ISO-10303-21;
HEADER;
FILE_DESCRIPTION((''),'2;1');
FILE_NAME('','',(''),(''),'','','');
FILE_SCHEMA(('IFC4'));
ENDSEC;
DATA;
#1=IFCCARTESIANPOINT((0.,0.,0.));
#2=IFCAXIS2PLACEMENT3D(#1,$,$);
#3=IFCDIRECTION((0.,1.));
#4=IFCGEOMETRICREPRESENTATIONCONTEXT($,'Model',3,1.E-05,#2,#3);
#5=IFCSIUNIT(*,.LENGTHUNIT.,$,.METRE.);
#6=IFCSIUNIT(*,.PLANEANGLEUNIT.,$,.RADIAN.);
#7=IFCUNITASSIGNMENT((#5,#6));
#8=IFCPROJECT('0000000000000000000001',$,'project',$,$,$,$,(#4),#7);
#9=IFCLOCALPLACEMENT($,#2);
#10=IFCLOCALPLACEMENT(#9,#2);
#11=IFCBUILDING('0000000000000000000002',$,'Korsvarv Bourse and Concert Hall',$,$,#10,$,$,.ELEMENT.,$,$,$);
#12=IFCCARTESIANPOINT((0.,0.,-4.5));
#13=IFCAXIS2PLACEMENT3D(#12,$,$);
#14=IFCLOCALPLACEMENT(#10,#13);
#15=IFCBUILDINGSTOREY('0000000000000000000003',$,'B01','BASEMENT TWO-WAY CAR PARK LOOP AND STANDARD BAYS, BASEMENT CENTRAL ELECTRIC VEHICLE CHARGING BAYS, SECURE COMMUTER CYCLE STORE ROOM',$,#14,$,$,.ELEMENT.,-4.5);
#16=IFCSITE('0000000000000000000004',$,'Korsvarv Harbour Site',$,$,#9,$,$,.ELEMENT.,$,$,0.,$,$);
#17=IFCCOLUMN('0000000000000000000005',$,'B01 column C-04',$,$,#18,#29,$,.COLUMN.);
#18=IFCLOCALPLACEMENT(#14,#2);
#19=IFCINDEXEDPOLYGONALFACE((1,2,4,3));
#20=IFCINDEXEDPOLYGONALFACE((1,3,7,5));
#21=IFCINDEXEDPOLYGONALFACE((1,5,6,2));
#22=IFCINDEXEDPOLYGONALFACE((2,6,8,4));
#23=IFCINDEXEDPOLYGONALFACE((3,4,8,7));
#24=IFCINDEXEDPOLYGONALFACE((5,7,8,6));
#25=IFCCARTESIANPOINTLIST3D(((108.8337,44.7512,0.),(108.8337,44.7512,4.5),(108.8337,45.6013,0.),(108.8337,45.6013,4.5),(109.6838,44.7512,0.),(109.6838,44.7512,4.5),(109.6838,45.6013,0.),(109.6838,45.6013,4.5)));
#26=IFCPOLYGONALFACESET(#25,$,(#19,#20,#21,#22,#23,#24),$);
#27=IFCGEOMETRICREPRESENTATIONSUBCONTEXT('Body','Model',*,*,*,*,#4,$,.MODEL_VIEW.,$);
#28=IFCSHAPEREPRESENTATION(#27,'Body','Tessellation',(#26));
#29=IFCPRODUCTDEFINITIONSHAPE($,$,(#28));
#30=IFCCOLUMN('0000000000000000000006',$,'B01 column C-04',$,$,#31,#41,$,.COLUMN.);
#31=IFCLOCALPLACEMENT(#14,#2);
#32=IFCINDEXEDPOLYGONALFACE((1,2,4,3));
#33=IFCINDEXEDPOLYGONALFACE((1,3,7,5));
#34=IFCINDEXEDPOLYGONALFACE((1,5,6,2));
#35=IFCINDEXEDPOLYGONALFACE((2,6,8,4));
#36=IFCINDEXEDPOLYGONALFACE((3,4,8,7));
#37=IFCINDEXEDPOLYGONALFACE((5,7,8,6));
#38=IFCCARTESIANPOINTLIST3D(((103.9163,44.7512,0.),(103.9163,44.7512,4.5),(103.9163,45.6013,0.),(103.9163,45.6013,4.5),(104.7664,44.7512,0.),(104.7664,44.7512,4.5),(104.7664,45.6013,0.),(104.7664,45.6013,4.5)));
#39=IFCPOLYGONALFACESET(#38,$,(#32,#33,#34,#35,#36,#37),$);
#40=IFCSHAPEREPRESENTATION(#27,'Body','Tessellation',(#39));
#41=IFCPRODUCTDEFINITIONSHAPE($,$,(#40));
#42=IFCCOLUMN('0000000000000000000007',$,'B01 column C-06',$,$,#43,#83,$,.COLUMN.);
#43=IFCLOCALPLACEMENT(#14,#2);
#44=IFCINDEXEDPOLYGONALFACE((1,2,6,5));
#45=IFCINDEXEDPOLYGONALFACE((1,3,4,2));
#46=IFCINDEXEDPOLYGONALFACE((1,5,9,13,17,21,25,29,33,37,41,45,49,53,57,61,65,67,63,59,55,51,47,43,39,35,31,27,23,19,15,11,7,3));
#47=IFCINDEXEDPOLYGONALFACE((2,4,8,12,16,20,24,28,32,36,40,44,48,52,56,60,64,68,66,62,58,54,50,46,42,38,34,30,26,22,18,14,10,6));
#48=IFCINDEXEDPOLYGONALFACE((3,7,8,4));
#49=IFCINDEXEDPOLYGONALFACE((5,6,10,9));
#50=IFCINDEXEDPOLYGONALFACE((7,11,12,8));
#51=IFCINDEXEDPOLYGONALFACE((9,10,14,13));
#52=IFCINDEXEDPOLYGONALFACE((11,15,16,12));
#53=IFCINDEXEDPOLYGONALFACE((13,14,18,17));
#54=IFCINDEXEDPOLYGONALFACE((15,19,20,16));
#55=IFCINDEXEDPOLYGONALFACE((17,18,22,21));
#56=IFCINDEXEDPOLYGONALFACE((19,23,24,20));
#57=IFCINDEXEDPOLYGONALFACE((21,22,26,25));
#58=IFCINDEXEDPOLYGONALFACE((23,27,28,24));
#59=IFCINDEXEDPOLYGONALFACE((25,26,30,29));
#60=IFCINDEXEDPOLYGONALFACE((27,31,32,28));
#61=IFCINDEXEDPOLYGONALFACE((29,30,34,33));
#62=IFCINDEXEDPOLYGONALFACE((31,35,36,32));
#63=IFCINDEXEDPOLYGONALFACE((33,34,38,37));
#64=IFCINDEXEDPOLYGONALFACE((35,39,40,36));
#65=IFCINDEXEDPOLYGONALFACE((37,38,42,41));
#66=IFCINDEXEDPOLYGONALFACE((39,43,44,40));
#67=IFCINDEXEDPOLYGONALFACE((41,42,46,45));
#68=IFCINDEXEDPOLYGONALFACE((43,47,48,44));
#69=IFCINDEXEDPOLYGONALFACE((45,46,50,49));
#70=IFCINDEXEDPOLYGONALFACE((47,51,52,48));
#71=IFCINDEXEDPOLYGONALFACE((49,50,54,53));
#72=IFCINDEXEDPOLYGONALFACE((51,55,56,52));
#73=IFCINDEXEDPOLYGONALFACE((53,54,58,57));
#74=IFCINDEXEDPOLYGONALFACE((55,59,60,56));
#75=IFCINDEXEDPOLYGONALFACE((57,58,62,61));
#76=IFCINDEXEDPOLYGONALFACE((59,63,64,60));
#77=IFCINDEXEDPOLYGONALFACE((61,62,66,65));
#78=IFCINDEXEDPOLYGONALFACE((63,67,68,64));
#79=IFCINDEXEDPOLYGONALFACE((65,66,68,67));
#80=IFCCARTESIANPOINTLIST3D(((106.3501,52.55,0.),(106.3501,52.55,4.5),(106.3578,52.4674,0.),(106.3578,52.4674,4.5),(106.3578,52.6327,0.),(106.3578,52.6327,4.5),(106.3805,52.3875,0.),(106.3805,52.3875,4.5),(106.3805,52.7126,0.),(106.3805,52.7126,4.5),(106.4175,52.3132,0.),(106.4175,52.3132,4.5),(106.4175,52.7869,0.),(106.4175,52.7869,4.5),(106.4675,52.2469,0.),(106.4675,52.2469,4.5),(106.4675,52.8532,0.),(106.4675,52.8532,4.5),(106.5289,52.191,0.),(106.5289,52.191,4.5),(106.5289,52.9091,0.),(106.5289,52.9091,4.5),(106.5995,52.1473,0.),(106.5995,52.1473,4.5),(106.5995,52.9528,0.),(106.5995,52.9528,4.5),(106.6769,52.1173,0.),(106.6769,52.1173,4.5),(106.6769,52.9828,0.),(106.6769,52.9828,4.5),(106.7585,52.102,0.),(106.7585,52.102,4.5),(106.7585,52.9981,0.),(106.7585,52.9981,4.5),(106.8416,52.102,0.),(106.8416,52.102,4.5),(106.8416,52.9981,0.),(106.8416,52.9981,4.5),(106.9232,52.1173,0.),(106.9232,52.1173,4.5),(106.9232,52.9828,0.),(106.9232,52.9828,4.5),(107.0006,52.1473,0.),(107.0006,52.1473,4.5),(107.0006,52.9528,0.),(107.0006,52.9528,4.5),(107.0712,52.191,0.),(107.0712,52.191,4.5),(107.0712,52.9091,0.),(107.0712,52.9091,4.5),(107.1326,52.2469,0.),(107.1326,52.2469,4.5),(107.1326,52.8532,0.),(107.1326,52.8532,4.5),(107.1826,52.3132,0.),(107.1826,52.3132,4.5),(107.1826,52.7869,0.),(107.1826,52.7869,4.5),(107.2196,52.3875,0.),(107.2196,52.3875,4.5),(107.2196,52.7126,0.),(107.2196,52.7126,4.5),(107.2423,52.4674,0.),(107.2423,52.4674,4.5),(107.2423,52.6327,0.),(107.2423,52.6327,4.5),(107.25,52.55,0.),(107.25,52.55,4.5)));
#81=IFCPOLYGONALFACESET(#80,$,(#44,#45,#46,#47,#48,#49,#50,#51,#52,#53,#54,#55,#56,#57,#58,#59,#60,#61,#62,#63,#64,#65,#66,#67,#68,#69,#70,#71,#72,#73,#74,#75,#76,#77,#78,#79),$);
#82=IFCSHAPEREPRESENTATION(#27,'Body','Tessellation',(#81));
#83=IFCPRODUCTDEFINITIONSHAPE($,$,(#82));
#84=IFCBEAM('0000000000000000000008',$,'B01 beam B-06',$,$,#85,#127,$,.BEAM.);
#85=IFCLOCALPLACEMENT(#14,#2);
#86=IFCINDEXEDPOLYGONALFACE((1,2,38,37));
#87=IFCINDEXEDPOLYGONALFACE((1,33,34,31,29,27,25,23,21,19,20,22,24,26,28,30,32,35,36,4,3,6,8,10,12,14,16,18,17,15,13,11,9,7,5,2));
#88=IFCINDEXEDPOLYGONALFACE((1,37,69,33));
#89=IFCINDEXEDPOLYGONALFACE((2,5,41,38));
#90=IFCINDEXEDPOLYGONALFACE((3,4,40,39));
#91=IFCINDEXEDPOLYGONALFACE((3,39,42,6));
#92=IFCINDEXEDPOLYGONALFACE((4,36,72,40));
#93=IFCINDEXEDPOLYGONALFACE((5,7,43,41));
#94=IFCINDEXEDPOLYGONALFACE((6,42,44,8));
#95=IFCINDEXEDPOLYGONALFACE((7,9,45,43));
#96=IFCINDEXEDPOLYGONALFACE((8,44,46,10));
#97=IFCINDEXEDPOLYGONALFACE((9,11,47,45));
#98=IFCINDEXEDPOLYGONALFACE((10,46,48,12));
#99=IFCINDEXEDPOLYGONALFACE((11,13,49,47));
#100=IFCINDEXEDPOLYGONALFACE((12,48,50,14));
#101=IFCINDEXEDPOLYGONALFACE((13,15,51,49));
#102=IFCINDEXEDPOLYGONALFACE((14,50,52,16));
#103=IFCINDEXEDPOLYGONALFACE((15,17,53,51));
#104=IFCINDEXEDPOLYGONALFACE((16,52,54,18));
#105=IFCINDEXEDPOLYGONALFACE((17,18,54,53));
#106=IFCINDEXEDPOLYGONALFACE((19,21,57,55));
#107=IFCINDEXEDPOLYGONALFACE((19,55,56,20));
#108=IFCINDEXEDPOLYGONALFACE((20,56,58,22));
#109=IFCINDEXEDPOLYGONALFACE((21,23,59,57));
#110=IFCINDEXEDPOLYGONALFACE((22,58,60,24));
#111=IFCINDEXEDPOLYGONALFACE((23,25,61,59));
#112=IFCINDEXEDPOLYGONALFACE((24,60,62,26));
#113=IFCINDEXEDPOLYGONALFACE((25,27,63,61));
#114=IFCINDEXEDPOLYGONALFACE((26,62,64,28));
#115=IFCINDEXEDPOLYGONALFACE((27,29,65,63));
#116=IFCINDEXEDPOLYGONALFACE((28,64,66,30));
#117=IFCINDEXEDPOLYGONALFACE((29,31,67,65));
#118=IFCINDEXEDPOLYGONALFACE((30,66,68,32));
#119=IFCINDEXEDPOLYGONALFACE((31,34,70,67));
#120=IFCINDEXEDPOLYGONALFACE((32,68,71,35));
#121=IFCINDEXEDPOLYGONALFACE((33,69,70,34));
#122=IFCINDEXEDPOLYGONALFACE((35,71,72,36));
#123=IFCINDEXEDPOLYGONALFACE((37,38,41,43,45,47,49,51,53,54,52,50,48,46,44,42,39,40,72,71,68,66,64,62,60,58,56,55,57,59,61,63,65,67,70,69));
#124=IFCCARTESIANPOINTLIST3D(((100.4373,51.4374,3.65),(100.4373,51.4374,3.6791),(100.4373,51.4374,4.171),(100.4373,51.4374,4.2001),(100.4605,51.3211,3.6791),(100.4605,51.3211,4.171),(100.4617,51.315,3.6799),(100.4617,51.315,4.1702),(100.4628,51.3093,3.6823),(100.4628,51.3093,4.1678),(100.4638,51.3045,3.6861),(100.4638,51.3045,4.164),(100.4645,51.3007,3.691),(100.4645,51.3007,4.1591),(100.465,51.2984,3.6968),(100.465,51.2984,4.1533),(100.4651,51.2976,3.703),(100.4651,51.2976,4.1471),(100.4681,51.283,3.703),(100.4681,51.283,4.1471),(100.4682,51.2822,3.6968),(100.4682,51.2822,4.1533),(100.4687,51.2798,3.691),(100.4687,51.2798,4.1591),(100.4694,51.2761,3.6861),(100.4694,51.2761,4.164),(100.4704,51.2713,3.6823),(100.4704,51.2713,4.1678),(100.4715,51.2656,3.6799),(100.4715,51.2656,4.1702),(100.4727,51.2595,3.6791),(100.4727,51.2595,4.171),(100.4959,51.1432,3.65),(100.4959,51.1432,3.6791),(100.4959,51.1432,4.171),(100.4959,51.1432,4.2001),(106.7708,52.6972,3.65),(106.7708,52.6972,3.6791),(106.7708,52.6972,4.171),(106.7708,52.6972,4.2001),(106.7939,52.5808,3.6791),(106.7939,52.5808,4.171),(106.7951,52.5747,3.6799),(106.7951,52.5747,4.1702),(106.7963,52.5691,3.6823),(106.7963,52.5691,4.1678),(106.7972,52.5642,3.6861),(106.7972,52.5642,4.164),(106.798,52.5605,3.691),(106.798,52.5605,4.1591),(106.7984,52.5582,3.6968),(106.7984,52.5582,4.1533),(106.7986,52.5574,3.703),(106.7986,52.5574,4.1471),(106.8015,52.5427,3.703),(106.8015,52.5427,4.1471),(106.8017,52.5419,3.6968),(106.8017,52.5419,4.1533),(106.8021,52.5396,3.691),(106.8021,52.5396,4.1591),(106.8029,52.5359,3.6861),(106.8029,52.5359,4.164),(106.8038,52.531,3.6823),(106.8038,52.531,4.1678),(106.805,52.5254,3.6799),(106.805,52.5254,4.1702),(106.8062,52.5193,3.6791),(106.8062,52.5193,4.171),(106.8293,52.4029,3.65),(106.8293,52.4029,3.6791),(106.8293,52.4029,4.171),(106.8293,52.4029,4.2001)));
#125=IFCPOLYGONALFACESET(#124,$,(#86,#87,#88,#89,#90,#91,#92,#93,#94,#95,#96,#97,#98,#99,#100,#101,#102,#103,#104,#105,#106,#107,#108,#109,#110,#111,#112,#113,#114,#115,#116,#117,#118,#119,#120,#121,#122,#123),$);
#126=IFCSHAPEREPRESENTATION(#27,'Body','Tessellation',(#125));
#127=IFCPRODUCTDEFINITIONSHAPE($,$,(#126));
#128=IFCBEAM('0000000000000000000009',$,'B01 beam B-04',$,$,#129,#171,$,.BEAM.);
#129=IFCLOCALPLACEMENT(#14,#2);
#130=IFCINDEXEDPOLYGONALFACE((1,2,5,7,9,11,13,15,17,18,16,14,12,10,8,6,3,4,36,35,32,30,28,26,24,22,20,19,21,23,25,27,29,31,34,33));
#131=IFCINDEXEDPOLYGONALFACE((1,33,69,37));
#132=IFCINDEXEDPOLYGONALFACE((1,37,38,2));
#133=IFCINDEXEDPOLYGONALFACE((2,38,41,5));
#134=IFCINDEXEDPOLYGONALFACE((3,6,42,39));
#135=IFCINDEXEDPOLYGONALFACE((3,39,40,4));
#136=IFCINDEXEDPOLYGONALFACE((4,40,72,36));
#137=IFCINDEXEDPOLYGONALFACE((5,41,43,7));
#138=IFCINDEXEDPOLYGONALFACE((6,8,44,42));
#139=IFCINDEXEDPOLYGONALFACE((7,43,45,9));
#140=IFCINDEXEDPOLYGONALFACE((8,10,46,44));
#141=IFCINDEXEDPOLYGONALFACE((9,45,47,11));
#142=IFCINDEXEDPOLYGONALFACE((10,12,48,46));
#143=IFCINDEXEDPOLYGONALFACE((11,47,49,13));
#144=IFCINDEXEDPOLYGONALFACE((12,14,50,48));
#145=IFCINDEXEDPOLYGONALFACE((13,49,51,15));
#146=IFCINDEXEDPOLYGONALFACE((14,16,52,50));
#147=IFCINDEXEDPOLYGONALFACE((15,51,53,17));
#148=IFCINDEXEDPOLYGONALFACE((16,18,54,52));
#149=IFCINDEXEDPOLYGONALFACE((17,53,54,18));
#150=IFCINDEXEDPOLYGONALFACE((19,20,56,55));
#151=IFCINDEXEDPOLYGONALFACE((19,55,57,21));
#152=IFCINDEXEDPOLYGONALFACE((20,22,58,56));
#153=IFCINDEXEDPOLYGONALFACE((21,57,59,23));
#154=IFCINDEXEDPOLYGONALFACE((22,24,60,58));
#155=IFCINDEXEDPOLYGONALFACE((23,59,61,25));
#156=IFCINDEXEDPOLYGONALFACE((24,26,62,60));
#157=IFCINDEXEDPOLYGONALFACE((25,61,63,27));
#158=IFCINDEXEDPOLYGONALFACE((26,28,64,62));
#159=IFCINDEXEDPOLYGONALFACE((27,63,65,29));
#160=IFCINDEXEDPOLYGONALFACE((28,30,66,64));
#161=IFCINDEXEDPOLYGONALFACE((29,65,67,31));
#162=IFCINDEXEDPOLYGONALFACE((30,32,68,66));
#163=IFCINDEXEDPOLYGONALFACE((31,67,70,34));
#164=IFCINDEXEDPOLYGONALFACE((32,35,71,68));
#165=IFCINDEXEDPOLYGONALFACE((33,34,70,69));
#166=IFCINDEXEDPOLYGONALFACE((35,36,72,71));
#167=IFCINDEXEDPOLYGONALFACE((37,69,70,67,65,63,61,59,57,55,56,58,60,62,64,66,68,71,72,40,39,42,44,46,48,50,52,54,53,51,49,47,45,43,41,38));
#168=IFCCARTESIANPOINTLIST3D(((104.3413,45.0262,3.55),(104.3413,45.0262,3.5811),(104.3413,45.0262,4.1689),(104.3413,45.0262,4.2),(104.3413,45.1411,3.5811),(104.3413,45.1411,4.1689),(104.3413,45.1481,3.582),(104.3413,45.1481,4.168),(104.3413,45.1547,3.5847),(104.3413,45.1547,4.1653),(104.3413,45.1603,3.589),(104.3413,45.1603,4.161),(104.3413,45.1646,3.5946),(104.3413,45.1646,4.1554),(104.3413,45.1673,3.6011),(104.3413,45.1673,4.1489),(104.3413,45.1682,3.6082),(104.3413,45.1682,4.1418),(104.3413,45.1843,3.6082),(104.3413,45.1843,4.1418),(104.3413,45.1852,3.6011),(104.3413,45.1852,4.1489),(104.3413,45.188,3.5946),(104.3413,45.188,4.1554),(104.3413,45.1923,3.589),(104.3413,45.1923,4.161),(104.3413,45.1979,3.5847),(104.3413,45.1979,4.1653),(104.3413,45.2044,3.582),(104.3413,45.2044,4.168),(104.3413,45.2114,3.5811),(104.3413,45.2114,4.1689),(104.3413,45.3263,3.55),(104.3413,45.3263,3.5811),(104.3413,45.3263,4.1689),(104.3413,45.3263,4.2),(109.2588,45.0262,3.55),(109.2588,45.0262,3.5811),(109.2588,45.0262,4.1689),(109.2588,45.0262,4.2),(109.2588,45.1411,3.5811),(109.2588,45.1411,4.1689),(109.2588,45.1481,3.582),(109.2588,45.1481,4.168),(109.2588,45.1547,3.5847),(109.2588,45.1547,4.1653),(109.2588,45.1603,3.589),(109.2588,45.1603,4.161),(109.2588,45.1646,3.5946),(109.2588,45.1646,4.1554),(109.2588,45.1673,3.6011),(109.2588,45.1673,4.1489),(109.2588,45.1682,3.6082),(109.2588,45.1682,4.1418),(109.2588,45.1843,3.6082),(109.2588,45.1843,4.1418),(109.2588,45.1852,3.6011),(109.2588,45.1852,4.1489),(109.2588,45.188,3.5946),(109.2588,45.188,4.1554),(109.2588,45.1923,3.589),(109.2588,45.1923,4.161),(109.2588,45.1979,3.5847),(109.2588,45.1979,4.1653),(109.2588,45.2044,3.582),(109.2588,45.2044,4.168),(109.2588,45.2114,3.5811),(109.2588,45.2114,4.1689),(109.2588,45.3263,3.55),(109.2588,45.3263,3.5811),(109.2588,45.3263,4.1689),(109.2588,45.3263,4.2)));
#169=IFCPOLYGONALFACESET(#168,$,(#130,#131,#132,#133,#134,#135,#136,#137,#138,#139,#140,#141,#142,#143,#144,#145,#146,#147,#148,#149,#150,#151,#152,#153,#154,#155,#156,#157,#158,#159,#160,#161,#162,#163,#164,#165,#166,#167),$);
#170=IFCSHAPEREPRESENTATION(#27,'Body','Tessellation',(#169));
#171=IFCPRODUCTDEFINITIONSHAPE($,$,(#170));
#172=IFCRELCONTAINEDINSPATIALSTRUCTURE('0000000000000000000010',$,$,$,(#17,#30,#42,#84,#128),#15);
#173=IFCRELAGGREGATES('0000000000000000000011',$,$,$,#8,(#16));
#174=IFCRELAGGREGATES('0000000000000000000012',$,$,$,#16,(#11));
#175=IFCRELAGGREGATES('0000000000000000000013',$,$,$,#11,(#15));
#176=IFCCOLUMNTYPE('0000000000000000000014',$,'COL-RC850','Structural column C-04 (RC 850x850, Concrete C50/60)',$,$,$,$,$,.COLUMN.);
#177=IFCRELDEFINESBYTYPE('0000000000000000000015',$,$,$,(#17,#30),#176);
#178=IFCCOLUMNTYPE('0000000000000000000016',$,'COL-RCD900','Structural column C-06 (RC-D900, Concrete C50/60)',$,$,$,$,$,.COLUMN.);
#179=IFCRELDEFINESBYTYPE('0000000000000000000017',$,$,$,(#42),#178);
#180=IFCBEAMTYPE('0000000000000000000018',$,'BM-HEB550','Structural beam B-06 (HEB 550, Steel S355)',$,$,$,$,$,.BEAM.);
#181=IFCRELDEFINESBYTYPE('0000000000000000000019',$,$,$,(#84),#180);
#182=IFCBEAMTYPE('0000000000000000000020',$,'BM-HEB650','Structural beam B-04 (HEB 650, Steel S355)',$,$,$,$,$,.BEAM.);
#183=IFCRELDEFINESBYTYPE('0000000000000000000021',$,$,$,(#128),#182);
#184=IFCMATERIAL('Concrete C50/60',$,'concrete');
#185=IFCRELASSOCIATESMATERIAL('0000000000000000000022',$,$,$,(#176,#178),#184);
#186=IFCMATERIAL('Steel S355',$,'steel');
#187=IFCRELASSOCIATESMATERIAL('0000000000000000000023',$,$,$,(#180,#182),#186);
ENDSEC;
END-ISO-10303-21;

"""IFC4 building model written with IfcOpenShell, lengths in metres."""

from ifc_helpers import new_model, si_unit, direction, frame, origin, origin_2d, place, context, subcontext, project, spatial, rectangle, circle, i_section, extrude, source, transform, mapped, material, material_profile, profile_set, type_object, element, save


model = new_model("IFC4")

# Units and contexts
model_context = context("Model", 3, precision=1e-05, world=origin(), true_north=direction((0.0, 1.0)))
body_context = subcontext(model_context, "Body", "Model", "MODEL_VIEW")
ifc_project = project(units=[si_unit("LENGTHUNIT", "METRE"), si_unit("PLANEANGLEUNIT", "RADIAN")], contexts=[model_context])

# Site, building, storey
site_placement = place(None, origin())
site = spatial("IfcSite", under=ifc_project, at=site_placement, Name="Korsvarv Harbour Site", CompositionType="ELEMENT", RefElevation=0.0)
building_placement = place(site_placement, origin())
building = spatial("IfcBuilding", under=site, at=building_placement, Name="Korsvarv Bourse and Concert Hall", CompositionType="ELEMENT")
storey_placement = place(building_placement, frame((0.0, 0.0, -4.5)))
storey = spatial("IfcBuildingStorey", under=building, at=storey_placement, Name="B01", Description="BASEMENT TWO-WAY CAR PARK LOOP AND STANDARD BAYS, BASEMENT CENTRAL ELECTRIC VEHICLE CHARGING BAYS, SECURE COMMUTER CYCLE STORE ROOM", CompositionType="ELEMENT", Elevation=-4.5)

# Columns
ifc_material_1 = material(Name="Concrete C50/60", Category="concrete")
ifc_material_profile_1 = material_profile(ifc_material_1, rectangle(XDim=0.8501, YDim=0.8501, at=origin_2d()), Name="RC 850x850")
ifc_profile_set_1 = profile_set([ifc_material_profile_1], Name="Concrete C50/60")
column_type_1 = type_object("IfcColumnType", Name="COL-RC850", Description="Structural column C-04 (RC 850x850, Concrete C50/60)", PredefinedType="COLUMN", material=ifc_profile_set_1)
shared_shape_1 = source(origin(), body_context, "Body", "SweptSolid", [
    extrude(rectangle(XDim=0.8501, YDim=0.8501, at=origin_2d()), origin(), (0.0, 0.0, 1.0), 4.5),
])
for number, where, z_axis, x_axis, name in (
    (1, (109.2588, 45.1763, 0.0), (0.0, 0.0, 1.0), (1.0, 0.0, 0.0), "B01 column C-04"),
    (2, (104.3413, 45.1763, 0.0), (0.0, 0.0, 1.0), (1.0, 0.0, 0.0), "B01 column C-04"),
):
    element("IfcColumn", number, at=place(storey_placement, frame(where, z_axis=z_axis, x_axis=x_axis)), inside=storey, type_object=column_type_1, Name=name, PredefinedType="COLUMN", context=body_context, shape_type="MappedRepresentation", body=[
        mapped(shared_shape_1, transform((0.0, 0.0, 0.0), scale=1.0)),
    ])
ifc_material_profile_2 = material_profile(ifc_material_1, circle(Radius=0.45, at=origin_2d()), Name="RC-D900")
ifc_profile_set_2 = profile_set([ifc_material_profile_2], Name="Concrete C50/60")
column_type_2 = type_object("IfcColumnType", Name="COL-RCD900", Description="Structural column C-06 (RC-D900, Concrete C50/60)", PredefinedType="COLUMN", material=ifc_profile_set_2)
shared_shape_2 = source(origin(), body_context, "Body", "SweptSolid", [
    extrude(circle(Radius=0.45, at=origin_2d()), origin(), (0.0, 0.0, 1.0), 4.5),
])
column_placement = place(storey_placement, frame((106.8, 52.55, 0.0), z_axis=(0.0, 0.0, 1.0), x_axis=(1.0, 0.0, 0.0)))
element("IfcColumn", 3, at=column_placement, inside=storey, type_object=column_type_2, Name="B01 column C-06", PredefinedType="COLUMN", context=body_context, shape_type="MappedRepresentation", body=[
    mapped(shared_shape_2, transform((0.0, 0.0, 0.0), scale=1.0)),
])

# Beams
ifc_material_2 = material(Name="Steel S355", Category="steel")
ifc_material_profile_3 = material_profile(ifc_material_2, i_section(OverallWidth=0.3, OverallDepth=0.55, WebThickness=0.0149, FlangeThickness=0.0291, FilletRadius=0.0239, at=origin_2d()), Name="HEB 550")
ifc_profile_set_3 = profile_set([ifc_material_profile_3], Name="Steel S355")
beam_type_1 = type_object("IfcBeamType", Name="BM-HEB550", Description="Structural beam B-06 (HEB 550, Steel S355)", PredefinedType="BEAM", material=ifc_profile_set_3)
shared_shape_3 = source(origin(), body_context, "Body", "SweptSolid", [
    extrude(i_section(OverallWidth=0.3, OverallDepth=0.55, WebThickness=0.0149, FlangeThickness=0.0291, FilletRadius=0.0239, at=origin_2d()), origin(), (0.0, 0.0, 1.0), 6.4575),
])
beam_placement = place(storey_placement, frame((106.8, 52.55, 3.925), z_axis=(-0.980787, -0.195084, 0.0), x_axis=(0.195084, -0.980787, 0.0)))
element("IfcBeam", 4, at=beam_placement, inside=storey, type_object=beam_type_1, Name="B01 beam B-06", PredefinedType="BEAM", context=body_context, shape_type="MappedRepresentation", body=[
    mapped(shared_shape_3, transform((0.0, 0.0, 0.0), scale=1.0)),
])
ifc_material_profile_4 = material_profile(ifc_material_2, i_section(OverallWidth=0.3, OverallDepth=0.6499, WebThickness=0.0161, FlangeThickness=0.031, FilletRadius=0.0271, at=origin_2d()), Name="HEB 650")
ifc_profile_set_4 = profile_set([ifc_material_profile_4], Name="Steel S355")
beam_type_2 = type_object("IfcBeamType", Name="BM-HEB650", Description="Structural beam B-04 (HEB 650, Steel S355)", PredefinedType="BEAM", material=ifc_profile_set_4)
shared_shape_4 = source(origin(), body_context, "Body", "SweptSolid", [
    extrude(i_section(OverallWidth=0.3, OverallDepth=0.6499, WebThickness=0.0161, FlangeThickness=0.031, FilletRadius=0.0271, at=origin_2d()), origin(), (0.0, 0.0, 1.0), 4.9175),
])
for number, where, z_axis, x_axis, name in (
    (5, (109.2588, 45.1763, 3.875), (-1.0, 0.0, 0.0), (0.0, -1.0, 0.0), "B01 beam B-04"),
):
    element("IfcBeam", number, at=place(storey_placement, frame(where, z_axis=z_axis, x_axis=x_axis)), inside=storey, type_object=beam_type_2, Name=name, PredefinedType="BEAM", context=body_context, shape_type="MappedRepresentation", body=[
        mapped(shared_shape_4, transform((0.0, 0.0, 0.0), scale=1.0)),
    ])

save(model, "model.ifc")
